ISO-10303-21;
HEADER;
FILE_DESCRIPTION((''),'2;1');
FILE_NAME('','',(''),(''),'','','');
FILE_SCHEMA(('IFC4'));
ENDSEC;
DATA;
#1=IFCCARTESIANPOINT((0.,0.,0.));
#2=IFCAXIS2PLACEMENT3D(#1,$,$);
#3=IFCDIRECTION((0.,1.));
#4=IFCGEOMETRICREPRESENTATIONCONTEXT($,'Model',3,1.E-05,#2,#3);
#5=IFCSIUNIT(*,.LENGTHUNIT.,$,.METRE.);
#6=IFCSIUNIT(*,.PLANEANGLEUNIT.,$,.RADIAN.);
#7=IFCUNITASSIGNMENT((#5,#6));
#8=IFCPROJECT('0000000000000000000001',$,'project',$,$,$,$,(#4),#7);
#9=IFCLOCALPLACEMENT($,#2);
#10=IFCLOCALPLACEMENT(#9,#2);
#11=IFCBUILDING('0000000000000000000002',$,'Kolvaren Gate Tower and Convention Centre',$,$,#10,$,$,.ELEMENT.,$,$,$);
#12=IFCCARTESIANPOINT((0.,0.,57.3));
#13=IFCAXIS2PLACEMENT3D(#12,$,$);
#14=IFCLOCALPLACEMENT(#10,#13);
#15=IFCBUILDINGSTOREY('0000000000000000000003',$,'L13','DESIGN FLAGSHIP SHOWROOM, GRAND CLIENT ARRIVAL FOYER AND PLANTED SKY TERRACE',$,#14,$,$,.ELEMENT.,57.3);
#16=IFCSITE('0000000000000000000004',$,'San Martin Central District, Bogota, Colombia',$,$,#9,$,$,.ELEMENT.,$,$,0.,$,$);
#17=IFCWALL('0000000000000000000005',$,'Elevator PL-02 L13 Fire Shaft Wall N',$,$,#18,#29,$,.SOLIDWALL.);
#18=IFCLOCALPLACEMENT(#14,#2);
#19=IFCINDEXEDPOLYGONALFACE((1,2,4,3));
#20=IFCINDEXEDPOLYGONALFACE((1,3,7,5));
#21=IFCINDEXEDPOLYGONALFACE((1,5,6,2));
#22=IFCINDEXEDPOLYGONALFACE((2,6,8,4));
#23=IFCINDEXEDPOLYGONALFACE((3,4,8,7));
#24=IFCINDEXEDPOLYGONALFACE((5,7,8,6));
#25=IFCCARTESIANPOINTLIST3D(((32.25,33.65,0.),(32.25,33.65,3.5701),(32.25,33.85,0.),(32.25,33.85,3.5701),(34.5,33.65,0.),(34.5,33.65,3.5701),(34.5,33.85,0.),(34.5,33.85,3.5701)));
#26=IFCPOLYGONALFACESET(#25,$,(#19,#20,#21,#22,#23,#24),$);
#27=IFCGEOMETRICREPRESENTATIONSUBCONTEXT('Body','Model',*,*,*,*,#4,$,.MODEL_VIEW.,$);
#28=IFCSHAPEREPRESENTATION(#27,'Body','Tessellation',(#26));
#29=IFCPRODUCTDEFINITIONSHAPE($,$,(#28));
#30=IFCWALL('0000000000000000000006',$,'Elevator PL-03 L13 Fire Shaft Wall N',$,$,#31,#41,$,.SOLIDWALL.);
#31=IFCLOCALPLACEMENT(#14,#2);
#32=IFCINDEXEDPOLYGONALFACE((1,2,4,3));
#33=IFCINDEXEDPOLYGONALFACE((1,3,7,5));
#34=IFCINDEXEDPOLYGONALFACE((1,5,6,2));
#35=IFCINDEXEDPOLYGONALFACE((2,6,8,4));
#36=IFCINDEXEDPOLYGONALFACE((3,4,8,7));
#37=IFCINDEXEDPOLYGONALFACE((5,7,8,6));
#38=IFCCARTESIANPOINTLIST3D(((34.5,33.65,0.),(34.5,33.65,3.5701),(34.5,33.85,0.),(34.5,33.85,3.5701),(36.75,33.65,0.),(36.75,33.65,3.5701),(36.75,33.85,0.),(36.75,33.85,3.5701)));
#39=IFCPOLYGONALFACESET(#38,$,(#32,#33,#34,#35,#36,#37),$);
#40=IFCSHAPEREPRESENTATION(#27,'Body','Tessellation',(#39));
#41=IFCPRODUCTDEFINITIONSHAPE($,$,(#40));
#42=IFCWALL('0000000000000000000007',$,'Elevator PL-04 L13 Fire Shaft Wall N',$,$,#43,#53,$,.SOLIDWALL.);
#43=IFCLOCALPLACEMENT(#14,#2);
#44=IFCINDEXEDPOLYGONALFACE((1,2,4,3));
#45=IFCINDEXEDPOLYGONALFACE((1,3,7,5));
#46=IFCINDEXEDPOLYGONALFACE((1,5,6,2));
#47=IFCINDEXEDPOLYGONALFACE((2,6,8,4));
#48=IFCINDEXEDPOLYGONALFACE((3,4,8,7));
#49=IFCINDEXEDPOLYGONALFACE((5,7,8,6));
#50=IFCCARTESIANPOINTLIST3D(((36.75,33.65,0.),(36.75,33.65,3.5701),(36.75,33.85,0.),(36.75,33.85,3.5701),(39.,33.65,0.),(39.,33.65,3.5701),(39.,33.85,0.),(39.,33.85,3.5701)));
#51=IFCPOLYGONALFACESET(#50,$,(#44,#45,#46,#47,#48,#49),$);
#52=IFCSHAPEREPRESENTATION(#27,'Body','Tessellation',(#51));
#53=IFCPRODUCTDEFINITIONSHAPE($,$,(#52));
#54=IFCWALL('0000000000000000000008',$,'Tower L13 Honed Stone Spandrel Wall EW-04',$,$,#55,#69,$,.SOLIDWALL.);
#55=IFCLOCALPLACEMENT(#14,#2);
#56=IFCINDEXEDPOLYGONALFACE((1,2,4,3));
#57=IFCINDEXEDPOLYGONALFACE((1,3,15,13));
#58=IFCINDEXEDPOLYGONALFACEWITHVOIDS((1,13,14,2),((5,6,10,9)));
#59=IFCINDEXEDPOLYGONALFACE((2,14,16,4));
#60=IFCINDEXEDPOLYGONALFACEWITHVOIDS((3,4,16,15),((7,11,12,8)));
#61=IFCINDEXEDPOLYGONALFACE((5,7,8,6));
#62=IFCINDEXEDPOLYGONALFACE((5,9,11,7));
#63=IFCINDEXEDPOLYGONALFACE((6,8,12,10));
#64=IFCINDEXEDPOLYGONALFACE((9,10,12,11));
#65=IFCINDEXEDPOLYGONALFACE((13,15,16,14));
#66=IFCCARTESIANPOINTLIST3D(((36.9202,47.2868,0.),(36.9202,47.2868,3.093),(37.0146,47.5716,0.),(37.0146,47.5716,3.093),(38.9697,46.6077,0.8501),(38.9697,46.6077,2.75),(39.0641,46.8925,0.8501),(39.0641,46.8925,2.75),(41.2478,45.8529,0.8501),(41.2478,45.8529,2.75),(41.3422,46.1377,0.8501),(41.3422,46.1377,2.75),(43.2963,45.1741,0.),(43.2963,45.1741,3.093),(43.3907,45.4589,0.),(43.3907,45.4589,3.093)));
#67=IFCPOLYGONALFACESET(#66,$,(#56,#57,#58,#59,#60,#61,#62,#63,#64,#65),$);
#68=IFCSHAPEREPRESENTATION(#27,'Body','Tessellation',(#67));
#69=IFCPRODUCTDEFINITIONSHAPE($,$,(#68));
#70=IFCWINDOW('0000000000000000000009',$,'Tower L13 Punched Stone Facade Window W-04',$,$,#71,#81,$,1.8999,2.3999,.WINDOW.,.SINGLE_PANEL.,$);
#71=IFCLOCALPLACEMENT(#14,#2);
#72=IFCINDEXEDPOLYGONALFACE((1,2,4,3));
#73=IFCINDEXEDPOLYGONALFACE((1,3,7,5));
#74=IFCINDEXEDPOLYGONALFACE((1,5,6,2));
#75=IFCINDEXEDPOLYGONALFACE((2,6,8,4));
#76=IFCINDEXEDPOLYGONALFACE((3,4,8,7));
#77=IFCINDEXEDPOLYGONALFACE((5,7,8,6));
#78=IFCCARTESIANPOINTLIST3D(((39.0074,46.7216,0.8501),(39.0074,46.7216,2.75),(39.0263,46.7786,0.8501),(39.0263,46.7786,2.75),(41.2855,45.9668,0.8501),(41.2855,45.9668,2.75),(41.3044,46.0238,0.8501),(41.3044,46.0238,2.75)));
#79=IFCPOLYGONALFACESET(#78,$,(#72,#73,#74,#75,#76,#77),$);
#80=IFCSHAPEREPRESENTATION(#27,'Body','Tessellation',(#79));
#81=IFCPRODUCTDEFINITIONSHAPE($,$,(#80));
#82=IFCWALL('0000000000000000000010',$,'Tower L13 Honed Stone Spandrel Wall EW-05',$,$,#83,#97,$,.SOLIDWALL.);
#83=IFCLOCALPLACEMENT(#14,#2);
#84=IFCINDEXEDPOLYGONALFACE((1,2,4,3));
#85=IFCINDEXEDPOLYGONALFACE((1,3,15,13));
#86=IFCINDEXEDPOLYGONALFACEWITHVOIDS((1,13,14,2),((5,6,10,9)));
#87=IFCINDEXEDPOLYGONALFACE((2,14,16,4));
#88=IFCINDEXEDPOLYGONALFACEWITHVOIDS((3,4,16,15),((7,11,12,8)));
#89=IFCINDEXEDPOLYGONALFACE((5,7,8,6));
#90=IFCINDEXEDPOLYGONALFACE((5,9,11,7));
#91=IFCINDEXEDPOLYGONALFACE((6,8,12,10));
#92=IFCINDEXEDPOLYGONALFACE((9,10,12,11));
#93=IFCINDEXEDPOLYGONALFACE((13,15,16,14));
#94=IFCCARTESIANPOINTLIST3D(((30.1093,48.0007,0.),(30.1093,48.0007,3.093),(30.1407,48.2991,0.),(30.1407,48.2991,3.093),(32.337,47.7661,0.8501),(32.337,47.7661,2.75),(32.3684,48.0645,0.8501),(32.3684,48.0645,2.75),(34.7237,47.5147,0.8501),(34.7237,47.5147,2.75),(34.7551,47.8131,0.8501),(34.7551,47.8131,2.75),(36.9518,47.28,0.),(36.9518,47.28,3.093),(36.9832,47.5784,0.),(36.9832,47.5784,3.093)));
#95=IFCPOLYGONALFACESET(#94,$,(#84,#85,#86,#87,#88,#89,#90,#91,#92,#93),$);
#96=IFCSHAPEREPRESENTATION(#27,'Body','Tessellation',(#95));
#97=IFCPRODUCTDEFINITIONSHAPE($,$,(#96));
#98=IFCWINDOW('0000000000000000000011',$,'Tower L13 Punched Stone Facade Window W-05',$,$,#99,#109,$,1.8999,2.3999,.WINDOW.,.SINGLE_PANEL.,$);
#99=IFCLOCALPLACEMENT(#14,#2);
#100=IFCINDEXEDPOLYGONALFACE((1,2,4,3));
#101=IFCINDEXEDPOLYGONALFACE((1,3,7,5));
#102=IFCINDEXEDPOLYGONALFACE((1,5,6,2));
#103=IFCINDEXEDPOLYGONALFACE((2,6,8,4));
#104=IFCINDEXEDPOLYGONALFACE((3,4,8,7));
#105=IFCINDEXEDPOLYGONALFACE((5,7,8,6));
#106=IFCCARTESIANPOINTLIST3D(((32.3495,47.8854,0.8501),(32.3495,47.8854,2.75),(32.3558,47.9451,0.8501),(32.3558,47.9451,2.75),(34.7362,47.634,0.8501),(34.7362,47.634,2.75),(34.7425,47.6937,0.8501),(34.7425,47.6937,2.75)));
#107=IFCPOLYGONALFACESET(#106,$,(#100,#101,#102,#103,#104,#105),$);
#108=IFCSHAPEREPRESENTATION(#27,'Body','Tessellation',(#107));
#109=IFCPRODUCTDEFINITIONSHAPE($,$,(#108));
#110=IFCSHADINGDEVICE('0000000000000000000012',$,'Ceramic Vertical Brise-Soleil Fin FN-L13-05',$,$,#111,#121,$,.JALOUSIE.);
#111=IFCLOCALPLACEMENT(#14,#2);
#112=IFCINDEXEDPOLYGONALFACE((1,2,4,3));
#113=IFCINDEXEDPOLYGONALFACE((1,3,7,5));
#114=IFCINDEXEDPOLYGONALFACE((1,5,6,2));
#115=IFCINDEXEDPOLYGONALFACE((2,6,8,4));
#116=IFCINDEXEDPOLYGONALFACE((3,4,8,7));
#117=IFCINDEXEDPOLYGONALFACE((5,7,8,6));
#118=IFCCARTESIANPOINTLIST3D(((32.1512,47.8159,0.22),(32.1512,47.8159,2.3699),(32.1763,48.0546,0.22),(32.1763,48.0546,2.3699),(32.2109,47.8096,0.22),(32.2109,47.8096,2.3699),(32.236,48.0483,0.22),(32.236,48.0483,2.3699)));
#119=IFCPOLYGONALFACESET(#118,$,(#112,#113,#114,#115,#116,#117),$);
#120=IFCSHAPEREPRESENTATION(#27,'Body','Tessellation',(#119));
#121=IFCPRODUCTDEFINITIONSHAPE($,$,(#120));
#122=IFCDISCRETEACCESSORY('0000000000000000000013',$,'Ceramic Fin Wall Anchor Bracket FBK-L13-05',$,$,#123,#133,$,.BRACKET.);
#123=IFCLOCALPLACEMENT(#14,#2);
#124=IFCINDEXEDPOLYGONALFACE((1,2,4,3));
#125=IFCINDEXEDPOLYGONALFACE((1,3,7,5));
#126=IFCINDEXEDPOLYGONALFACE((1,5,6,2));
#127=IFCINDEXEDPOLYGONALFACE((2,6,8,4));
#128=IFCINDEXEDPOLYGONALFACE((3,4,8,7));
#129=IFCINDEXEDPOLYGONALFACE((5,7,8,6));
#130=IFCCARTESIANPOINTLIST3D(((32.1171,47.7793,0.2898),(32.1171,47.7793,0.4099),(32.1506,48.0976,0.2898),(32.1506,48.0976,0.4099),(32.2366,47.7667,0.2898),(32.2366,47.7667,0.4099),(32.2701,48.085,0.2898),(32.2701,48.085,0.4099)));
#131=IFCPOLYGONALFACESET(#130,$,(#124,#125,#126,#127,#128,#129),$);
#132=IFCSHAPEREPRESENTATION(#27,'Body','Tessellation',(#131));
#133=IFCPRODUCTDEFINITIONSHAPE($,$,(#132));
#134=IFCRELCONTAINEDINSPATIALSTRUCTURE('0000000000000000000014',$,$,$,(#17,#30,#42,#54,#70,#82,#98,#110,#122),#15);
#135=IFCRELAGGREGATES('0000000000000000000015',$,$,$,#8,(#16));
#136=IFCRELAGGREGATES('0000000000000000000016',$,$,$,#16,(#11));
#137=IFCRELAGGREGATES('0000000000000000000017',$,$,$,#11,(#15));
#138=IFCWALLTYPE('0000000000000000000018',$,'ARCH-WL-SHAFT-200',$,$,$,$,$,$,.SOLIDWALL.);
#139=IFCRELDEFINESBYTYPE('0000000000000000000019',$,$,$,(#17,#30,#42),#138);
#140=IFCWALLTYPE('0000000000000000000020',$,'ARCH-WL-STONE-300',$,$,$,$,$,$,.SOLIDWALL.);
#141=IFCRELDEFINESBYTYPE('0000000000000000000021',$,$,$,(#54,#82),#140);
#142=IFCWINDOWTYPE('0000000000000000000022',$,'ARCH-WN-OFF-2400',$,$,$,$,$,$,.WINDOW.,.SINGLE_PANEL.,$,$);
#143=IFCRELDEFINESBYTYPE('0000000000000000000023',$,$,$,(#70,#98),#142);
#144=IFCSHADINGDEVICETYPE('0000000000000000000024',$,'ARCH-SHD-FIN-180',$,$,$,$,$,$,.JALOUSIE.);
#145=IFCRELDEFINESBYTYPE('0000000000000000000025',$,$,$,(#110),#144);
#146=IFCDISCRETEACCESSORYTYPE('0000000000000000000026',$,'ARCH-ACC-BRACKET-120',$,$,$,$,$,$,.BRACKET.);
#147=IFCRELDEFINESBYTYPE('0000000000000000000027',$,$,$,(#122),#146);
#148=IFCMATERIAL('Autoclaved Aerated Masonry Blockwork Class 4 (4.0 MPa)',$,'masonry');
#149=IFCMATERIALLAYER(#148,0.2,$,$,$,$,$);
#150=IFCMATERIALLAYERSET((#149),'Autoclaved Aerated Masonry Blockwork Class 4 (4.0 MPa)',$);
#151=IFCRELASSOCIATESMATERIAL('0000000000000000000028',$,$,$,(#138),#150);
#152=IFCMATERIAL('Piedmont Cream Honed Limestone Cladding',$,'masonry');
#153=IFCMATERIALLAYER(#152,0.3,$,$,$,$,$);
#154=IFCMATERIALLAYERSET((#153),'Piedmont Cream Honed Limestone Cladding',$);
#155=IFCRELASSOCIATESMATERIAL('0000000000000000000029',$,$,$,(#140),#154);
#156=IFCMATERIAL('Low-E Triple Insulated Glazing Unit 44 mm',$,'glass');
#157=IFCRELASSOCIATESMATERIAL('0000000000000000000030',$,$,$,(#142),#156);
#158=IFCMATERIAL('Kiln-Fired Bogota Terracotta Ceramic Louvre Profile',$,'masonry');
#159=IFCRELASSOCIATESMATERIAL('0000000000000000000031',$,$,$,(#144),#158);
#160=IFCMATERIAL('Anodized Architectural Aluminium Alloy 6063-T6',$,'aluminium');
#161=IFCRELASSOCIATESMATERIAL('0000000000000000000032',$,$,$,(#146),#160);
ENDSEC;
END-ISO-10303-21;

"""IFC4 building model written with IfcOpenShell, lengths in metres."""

from ifc_helpers import new_model, si_unit, direction, frame, frame_2d, origin, origin_2d, place, context, subcontext, project, spatial, rectangle, extrude, material, layer, layer_set, type_object, element, fill, save


model = new_model("IFC4")

# Units and contexts
model_context = context("Model", 3, precision=1e-05, world=origin(), true_north=direction((0.0, 1.0)))
body_context = subcontext(model_context, "Body", "Model", "MODEL_VIEW")
ifc_project = project(units=[si_unit("LENGTHUNIT", "METRE"), si_unit("PLANEANGLEUNIT", "RADIAN")], contexts=[model_context])

# Site, building, storey
site_placement = place(None, origin())
site = spatial("IfcSite", under=ifc_project, at=site_placement, Name="San Martin Central District, Bogota, Colombia", CompositionType="ELEMENT", RefElevation=0.0)
building_placement = place(site_placement, origin())
building = spatial("IfcBuilding", under=site, at=building_placement, Name="Kolvaren Gate Tower and Convention Centre", CompositionType="ELEMENT")
storey_placement = place(building_placement, frame((0.0, 0.0, 57.3)))
storey = spatial("IfcBuildingStorey", under=building, at=storey_placement, Name="L13", Description="DESIGN FLAGSHIP SHOWROOM, GRAND CLIENT ARRIVAL FOYER AND PLANTED SKY TERRACE", CompositionType="ELEMENT", Elevation=57.3)

# Walls
ifc_material_1 = material(Name="Autoclaved Aerated Masonry Blockwork Class 4 (4.0 MPa)", Category="masonry")
ifc_layer_1 = layer(ifc_material_1, 0.2)
ifc_layer_set_1 = layer_set([ifc_layer_1], Name="Autoclaved Aerated Masonry Blockwork Class 4 (4.0 MPa)")
wall_type_1 = type_object("IfcWallType", Name="ARCH-WL-SHAFT-200", PredefinedType="SOLIDWALL", material=ifc_layer_set_1)
for number, where, z_axis, x_axis, name in (
    (1, (32.25, 33.75, 0.0), (0.0, 0.0, 1.0), (1.0, 0.0, 0.0), "Elevator PL-02 L13 Fire Shaft Wall N"),
    (2, (34.5, 33.75, 0.0), (0.0, 0.0, 1.0), (1.0, 0.0, 0.0), "Elevator PL-03 L13 Fire Shaft Wall N"),
    (3, (36.75, 33.75, 0.0), (0.0, 0.0, 1.0), (1.0, 0.0, 0.0), "Elevator PL-04 L13 Fire Shaft Wall N"),
):
    element("IfcWall", number, at=place(storey_placement, frame(where, z_axis=z_axis, x_axis=x_axis)), inside=storey, type_object=wall_type_1, Name=name, PredefinedType="SOLIDWALL", context=body_context, shape_type="SweptSolid", body=[
        extrude(rectangle(XDim=2.25, YDim=0.2, at=frame_2d((1.125, 0.0))), origin(), (0.0, 0.0, 1.0), 3.5701),
    ])

# Walls, openings, windows
ifc_material_2 = material(Name="Piedmont Cream Honed Limestone Cladding", Category="masonry")
ifc_layer_2 = layer(ifc_material_2, 0.3)
ifc_layer_set_2 = layer_set([ifc_layer_2], Name="Piedmont Cream Honed Limestone Cladding")
wall_type_2 = type_object("IfcWallType", Name="ARCH-WL-STONE-300", PredefinedType="SOLIDWALL", material=ifc_layer_set_2)
wall_1_placement = place(storey_placement, frame((36.9675, 47.4292, 0.0), z_axis=(0.0, 0.0, 1.0), x_axis=(0.949245, -0.314537, 0.0)))
wall_1 = element("IfcWall", 4, at=wall_1_placement, inside=storey, type_object=wall_type_2, Name="Tower L13 Honed Stone Spandrel Wall EW-04", PredefinedType="SOLIDWALL", context=body_context, shape_type="SweptSolid", body=[
    extrude(rectangle(XDim=6.717, YDim=0.3, at=frame_2d((3.3584, 0.0))), origin(), (0.0, 0.0, 1.0), 3.093),
])
opening_1_placement = place(wall_1_placement, frame((2.1589, 0.0, 0.8501)))
opening_1 = element("IfcOpeningElement", 5, at=opening_1_placement, cuts=wall_1, PredefinedType="OPENING", context=body_context, shape_type="SweptSolid", body=[
    extrude(rectangle(XDim=2.3999, YDim=1.8999, at=frame_2d((1.2, 0.95))), frame((0.0, 0.1599, 0.0), z_axis=(0.0, -1.0, 0.0), x_axis=(1.0, 0.0, 0.0)), (0.0, 0.0, 1.0), 0.3201),
])
ifc_material_3 = material(Name="Low-E Triple Insulated Glazing Unit 44 mm", Category="glass")
window_type = type_object("IfcWindowType", Name="ARCH-WN-OFF-2400", PartitioningType="SINGLE_PANEL", PredefinedType="WINDOW", material=ifc_material_3)
window_1_placement = place(opening_1_placement, origin())
window_1 = element("IfcWindow", 6, at=window_1_placement, inside=storey, type_object=window_type, Name="Tower L13 Punched Stone Facade Window W-04", OverallHeight=1.8999, OverallWidth=2.3999, PartitioningType="SINGLE_PANEL", PredefinedType="WINDOW", context=body_context, shape_type="SweptSolid", body=[
    extrude(rectangle(XDim=2.3999, YDim=1.8999, at=frame_2d((1.2, 0.95))), frame((0.0, 0.03, 0.0), z_axis=(0.0, -1.0, 0.0), x_axis=(1.0, 0.0, 0.0)), (0.0, 0.0, 1.0), 0.0601),
])
fill(opening_1, window_1)
wall_2_placement = place(storey_placement, frame((30.125, 48.1499, 0.0), z_axis=(0.0, 0.0, 1.0), x_axis=(0.994499, -0.104748, 0.0)))
wall_2 = element("IfcWall", 7, at=wall_2_placement, inside=storey, type_object=wall_type_2, Name="Tower L13 Honed Stone Spandrel Wall EW-05", PredefinedType="SOLIDWALL", context=body_context, shape_type="SweptSolid", body=[
    extrude(rectangle(XDim=6.8804, YDim=0.3, at=frame_2d((3.4402, 0.0))), origin(), (0.0, 0.0, 1.0), 3.093),
])
opening_2_placement = place(wall_2_placement, frame((2.24, 0.0, 0.8501)))
opening_2 = element("IfcOpeningElement", 8, at=opening_2_placement, cuts=wall_2, PredefinedType="OPENING", context=body_context, shape_type="SweptSolid", body=[
    extrude(rectangle(XDim=2.3999, YDim=1.8999, at=frame_2d((1.2, 0.95))), frame((0.0, 0.1599, 0.0), z_axis=(0.0, -1.0, 0.0), x_axis=(1.0, 0.0, 0.0)), (0.0, 0.0, 1.0), 0.3201),
])
window_2_placement = place(opening_2_placement, origin())
window_2 = element("IfcWindow", 9, at=window_2_placement, inside=storey, type_object=window_type, Name="Tower L13 Punched Stone Facade Window W-05", OverallHeight=1.8999, OverallWidth=2.3999, PartitioningType="SINGLE_PANEL", PredefinedType="WINDOW", context=body_context, shape_type="SweptSolid", body=[
    extrude(rectangle(XDim=2.3999, YDim=1.8999, at=frame_2d((1.2, 0.95))), frame((0.0, 0.03, 0.0), z_axis=(0.0, -1.0, 0.0), x_axis=(1.0, 0.0, 0.0)), (0.0, 0.0, 1.0), 0.0601),
])
fill(opening_2, window_2)

# Shading device
ifc_material_4 = material(Name="Kiln-Fired Bogota Terracotta Ceramic Louvre Profile", Category="masonry")
shading_device_type = type_object("IfcShadingDeviceType", Name="ARCH-SHD-FIN-180", PredefinedType="JALOUSIE", material=ifc_material_4)
shading_device_placement = place(storey_placement, frame((32.1936, 47.9321, 0.22), z_axis=(0.0, 0.0, 1.0), x_axis=(0.994499, -0.104747, 0.0)))
element("IfcShadingDevice", 10, at=shading_device_placement, inside=storey, type_object=shading_device_type, Name="Ceramic Vertical Brise-Soleil Fin FN-L13-05", PredefinedType="JALOUSIE", context=body_context, shape_type="SweptSolid", body=[
    extrude(rectangle(XDim=0.0601, YDim=0.24, at=origin_2d()), origin(), (0.0, 0.0, 1.0), 2.1499),
])

# Discrete accessory
ifc_material_5 = material(Name="Anodized Architectural Aluminium Alloy 6063-T6", Category="aluminium")
discrete_accessory_type = type_object("IfcDiscreteAccessoryType", Name="ARCH-ACC-BRACKET-120", PredefinedType="BRACKET", material=ifc_material_5)
discrete_accessory_placement = place(storey_placement, frame((32.1936, 47.9321, 0.2898), z_axis=(0.0, 0.0, 1.0), x_axis=(0.994499, -0.104747, 0.0)))
element("IfcDiscreteAccessory", 11, at=discrete_accessory_placement, inside=storey, type_object=discrete_accessory_type, Name="Ceramic Fin Wall Anchor Bracket FBK-L13-05", PredefinedType="BRACKET", context=body_context, shape_type="SweptSolid", body=[
    extrude(rectangle(XDim=0.1201, YDim=0.3201, at=origin_2d()), origin(), (0.0, 0.0, 1.0), 0.1201),
])

save(model, "model.ifc")
